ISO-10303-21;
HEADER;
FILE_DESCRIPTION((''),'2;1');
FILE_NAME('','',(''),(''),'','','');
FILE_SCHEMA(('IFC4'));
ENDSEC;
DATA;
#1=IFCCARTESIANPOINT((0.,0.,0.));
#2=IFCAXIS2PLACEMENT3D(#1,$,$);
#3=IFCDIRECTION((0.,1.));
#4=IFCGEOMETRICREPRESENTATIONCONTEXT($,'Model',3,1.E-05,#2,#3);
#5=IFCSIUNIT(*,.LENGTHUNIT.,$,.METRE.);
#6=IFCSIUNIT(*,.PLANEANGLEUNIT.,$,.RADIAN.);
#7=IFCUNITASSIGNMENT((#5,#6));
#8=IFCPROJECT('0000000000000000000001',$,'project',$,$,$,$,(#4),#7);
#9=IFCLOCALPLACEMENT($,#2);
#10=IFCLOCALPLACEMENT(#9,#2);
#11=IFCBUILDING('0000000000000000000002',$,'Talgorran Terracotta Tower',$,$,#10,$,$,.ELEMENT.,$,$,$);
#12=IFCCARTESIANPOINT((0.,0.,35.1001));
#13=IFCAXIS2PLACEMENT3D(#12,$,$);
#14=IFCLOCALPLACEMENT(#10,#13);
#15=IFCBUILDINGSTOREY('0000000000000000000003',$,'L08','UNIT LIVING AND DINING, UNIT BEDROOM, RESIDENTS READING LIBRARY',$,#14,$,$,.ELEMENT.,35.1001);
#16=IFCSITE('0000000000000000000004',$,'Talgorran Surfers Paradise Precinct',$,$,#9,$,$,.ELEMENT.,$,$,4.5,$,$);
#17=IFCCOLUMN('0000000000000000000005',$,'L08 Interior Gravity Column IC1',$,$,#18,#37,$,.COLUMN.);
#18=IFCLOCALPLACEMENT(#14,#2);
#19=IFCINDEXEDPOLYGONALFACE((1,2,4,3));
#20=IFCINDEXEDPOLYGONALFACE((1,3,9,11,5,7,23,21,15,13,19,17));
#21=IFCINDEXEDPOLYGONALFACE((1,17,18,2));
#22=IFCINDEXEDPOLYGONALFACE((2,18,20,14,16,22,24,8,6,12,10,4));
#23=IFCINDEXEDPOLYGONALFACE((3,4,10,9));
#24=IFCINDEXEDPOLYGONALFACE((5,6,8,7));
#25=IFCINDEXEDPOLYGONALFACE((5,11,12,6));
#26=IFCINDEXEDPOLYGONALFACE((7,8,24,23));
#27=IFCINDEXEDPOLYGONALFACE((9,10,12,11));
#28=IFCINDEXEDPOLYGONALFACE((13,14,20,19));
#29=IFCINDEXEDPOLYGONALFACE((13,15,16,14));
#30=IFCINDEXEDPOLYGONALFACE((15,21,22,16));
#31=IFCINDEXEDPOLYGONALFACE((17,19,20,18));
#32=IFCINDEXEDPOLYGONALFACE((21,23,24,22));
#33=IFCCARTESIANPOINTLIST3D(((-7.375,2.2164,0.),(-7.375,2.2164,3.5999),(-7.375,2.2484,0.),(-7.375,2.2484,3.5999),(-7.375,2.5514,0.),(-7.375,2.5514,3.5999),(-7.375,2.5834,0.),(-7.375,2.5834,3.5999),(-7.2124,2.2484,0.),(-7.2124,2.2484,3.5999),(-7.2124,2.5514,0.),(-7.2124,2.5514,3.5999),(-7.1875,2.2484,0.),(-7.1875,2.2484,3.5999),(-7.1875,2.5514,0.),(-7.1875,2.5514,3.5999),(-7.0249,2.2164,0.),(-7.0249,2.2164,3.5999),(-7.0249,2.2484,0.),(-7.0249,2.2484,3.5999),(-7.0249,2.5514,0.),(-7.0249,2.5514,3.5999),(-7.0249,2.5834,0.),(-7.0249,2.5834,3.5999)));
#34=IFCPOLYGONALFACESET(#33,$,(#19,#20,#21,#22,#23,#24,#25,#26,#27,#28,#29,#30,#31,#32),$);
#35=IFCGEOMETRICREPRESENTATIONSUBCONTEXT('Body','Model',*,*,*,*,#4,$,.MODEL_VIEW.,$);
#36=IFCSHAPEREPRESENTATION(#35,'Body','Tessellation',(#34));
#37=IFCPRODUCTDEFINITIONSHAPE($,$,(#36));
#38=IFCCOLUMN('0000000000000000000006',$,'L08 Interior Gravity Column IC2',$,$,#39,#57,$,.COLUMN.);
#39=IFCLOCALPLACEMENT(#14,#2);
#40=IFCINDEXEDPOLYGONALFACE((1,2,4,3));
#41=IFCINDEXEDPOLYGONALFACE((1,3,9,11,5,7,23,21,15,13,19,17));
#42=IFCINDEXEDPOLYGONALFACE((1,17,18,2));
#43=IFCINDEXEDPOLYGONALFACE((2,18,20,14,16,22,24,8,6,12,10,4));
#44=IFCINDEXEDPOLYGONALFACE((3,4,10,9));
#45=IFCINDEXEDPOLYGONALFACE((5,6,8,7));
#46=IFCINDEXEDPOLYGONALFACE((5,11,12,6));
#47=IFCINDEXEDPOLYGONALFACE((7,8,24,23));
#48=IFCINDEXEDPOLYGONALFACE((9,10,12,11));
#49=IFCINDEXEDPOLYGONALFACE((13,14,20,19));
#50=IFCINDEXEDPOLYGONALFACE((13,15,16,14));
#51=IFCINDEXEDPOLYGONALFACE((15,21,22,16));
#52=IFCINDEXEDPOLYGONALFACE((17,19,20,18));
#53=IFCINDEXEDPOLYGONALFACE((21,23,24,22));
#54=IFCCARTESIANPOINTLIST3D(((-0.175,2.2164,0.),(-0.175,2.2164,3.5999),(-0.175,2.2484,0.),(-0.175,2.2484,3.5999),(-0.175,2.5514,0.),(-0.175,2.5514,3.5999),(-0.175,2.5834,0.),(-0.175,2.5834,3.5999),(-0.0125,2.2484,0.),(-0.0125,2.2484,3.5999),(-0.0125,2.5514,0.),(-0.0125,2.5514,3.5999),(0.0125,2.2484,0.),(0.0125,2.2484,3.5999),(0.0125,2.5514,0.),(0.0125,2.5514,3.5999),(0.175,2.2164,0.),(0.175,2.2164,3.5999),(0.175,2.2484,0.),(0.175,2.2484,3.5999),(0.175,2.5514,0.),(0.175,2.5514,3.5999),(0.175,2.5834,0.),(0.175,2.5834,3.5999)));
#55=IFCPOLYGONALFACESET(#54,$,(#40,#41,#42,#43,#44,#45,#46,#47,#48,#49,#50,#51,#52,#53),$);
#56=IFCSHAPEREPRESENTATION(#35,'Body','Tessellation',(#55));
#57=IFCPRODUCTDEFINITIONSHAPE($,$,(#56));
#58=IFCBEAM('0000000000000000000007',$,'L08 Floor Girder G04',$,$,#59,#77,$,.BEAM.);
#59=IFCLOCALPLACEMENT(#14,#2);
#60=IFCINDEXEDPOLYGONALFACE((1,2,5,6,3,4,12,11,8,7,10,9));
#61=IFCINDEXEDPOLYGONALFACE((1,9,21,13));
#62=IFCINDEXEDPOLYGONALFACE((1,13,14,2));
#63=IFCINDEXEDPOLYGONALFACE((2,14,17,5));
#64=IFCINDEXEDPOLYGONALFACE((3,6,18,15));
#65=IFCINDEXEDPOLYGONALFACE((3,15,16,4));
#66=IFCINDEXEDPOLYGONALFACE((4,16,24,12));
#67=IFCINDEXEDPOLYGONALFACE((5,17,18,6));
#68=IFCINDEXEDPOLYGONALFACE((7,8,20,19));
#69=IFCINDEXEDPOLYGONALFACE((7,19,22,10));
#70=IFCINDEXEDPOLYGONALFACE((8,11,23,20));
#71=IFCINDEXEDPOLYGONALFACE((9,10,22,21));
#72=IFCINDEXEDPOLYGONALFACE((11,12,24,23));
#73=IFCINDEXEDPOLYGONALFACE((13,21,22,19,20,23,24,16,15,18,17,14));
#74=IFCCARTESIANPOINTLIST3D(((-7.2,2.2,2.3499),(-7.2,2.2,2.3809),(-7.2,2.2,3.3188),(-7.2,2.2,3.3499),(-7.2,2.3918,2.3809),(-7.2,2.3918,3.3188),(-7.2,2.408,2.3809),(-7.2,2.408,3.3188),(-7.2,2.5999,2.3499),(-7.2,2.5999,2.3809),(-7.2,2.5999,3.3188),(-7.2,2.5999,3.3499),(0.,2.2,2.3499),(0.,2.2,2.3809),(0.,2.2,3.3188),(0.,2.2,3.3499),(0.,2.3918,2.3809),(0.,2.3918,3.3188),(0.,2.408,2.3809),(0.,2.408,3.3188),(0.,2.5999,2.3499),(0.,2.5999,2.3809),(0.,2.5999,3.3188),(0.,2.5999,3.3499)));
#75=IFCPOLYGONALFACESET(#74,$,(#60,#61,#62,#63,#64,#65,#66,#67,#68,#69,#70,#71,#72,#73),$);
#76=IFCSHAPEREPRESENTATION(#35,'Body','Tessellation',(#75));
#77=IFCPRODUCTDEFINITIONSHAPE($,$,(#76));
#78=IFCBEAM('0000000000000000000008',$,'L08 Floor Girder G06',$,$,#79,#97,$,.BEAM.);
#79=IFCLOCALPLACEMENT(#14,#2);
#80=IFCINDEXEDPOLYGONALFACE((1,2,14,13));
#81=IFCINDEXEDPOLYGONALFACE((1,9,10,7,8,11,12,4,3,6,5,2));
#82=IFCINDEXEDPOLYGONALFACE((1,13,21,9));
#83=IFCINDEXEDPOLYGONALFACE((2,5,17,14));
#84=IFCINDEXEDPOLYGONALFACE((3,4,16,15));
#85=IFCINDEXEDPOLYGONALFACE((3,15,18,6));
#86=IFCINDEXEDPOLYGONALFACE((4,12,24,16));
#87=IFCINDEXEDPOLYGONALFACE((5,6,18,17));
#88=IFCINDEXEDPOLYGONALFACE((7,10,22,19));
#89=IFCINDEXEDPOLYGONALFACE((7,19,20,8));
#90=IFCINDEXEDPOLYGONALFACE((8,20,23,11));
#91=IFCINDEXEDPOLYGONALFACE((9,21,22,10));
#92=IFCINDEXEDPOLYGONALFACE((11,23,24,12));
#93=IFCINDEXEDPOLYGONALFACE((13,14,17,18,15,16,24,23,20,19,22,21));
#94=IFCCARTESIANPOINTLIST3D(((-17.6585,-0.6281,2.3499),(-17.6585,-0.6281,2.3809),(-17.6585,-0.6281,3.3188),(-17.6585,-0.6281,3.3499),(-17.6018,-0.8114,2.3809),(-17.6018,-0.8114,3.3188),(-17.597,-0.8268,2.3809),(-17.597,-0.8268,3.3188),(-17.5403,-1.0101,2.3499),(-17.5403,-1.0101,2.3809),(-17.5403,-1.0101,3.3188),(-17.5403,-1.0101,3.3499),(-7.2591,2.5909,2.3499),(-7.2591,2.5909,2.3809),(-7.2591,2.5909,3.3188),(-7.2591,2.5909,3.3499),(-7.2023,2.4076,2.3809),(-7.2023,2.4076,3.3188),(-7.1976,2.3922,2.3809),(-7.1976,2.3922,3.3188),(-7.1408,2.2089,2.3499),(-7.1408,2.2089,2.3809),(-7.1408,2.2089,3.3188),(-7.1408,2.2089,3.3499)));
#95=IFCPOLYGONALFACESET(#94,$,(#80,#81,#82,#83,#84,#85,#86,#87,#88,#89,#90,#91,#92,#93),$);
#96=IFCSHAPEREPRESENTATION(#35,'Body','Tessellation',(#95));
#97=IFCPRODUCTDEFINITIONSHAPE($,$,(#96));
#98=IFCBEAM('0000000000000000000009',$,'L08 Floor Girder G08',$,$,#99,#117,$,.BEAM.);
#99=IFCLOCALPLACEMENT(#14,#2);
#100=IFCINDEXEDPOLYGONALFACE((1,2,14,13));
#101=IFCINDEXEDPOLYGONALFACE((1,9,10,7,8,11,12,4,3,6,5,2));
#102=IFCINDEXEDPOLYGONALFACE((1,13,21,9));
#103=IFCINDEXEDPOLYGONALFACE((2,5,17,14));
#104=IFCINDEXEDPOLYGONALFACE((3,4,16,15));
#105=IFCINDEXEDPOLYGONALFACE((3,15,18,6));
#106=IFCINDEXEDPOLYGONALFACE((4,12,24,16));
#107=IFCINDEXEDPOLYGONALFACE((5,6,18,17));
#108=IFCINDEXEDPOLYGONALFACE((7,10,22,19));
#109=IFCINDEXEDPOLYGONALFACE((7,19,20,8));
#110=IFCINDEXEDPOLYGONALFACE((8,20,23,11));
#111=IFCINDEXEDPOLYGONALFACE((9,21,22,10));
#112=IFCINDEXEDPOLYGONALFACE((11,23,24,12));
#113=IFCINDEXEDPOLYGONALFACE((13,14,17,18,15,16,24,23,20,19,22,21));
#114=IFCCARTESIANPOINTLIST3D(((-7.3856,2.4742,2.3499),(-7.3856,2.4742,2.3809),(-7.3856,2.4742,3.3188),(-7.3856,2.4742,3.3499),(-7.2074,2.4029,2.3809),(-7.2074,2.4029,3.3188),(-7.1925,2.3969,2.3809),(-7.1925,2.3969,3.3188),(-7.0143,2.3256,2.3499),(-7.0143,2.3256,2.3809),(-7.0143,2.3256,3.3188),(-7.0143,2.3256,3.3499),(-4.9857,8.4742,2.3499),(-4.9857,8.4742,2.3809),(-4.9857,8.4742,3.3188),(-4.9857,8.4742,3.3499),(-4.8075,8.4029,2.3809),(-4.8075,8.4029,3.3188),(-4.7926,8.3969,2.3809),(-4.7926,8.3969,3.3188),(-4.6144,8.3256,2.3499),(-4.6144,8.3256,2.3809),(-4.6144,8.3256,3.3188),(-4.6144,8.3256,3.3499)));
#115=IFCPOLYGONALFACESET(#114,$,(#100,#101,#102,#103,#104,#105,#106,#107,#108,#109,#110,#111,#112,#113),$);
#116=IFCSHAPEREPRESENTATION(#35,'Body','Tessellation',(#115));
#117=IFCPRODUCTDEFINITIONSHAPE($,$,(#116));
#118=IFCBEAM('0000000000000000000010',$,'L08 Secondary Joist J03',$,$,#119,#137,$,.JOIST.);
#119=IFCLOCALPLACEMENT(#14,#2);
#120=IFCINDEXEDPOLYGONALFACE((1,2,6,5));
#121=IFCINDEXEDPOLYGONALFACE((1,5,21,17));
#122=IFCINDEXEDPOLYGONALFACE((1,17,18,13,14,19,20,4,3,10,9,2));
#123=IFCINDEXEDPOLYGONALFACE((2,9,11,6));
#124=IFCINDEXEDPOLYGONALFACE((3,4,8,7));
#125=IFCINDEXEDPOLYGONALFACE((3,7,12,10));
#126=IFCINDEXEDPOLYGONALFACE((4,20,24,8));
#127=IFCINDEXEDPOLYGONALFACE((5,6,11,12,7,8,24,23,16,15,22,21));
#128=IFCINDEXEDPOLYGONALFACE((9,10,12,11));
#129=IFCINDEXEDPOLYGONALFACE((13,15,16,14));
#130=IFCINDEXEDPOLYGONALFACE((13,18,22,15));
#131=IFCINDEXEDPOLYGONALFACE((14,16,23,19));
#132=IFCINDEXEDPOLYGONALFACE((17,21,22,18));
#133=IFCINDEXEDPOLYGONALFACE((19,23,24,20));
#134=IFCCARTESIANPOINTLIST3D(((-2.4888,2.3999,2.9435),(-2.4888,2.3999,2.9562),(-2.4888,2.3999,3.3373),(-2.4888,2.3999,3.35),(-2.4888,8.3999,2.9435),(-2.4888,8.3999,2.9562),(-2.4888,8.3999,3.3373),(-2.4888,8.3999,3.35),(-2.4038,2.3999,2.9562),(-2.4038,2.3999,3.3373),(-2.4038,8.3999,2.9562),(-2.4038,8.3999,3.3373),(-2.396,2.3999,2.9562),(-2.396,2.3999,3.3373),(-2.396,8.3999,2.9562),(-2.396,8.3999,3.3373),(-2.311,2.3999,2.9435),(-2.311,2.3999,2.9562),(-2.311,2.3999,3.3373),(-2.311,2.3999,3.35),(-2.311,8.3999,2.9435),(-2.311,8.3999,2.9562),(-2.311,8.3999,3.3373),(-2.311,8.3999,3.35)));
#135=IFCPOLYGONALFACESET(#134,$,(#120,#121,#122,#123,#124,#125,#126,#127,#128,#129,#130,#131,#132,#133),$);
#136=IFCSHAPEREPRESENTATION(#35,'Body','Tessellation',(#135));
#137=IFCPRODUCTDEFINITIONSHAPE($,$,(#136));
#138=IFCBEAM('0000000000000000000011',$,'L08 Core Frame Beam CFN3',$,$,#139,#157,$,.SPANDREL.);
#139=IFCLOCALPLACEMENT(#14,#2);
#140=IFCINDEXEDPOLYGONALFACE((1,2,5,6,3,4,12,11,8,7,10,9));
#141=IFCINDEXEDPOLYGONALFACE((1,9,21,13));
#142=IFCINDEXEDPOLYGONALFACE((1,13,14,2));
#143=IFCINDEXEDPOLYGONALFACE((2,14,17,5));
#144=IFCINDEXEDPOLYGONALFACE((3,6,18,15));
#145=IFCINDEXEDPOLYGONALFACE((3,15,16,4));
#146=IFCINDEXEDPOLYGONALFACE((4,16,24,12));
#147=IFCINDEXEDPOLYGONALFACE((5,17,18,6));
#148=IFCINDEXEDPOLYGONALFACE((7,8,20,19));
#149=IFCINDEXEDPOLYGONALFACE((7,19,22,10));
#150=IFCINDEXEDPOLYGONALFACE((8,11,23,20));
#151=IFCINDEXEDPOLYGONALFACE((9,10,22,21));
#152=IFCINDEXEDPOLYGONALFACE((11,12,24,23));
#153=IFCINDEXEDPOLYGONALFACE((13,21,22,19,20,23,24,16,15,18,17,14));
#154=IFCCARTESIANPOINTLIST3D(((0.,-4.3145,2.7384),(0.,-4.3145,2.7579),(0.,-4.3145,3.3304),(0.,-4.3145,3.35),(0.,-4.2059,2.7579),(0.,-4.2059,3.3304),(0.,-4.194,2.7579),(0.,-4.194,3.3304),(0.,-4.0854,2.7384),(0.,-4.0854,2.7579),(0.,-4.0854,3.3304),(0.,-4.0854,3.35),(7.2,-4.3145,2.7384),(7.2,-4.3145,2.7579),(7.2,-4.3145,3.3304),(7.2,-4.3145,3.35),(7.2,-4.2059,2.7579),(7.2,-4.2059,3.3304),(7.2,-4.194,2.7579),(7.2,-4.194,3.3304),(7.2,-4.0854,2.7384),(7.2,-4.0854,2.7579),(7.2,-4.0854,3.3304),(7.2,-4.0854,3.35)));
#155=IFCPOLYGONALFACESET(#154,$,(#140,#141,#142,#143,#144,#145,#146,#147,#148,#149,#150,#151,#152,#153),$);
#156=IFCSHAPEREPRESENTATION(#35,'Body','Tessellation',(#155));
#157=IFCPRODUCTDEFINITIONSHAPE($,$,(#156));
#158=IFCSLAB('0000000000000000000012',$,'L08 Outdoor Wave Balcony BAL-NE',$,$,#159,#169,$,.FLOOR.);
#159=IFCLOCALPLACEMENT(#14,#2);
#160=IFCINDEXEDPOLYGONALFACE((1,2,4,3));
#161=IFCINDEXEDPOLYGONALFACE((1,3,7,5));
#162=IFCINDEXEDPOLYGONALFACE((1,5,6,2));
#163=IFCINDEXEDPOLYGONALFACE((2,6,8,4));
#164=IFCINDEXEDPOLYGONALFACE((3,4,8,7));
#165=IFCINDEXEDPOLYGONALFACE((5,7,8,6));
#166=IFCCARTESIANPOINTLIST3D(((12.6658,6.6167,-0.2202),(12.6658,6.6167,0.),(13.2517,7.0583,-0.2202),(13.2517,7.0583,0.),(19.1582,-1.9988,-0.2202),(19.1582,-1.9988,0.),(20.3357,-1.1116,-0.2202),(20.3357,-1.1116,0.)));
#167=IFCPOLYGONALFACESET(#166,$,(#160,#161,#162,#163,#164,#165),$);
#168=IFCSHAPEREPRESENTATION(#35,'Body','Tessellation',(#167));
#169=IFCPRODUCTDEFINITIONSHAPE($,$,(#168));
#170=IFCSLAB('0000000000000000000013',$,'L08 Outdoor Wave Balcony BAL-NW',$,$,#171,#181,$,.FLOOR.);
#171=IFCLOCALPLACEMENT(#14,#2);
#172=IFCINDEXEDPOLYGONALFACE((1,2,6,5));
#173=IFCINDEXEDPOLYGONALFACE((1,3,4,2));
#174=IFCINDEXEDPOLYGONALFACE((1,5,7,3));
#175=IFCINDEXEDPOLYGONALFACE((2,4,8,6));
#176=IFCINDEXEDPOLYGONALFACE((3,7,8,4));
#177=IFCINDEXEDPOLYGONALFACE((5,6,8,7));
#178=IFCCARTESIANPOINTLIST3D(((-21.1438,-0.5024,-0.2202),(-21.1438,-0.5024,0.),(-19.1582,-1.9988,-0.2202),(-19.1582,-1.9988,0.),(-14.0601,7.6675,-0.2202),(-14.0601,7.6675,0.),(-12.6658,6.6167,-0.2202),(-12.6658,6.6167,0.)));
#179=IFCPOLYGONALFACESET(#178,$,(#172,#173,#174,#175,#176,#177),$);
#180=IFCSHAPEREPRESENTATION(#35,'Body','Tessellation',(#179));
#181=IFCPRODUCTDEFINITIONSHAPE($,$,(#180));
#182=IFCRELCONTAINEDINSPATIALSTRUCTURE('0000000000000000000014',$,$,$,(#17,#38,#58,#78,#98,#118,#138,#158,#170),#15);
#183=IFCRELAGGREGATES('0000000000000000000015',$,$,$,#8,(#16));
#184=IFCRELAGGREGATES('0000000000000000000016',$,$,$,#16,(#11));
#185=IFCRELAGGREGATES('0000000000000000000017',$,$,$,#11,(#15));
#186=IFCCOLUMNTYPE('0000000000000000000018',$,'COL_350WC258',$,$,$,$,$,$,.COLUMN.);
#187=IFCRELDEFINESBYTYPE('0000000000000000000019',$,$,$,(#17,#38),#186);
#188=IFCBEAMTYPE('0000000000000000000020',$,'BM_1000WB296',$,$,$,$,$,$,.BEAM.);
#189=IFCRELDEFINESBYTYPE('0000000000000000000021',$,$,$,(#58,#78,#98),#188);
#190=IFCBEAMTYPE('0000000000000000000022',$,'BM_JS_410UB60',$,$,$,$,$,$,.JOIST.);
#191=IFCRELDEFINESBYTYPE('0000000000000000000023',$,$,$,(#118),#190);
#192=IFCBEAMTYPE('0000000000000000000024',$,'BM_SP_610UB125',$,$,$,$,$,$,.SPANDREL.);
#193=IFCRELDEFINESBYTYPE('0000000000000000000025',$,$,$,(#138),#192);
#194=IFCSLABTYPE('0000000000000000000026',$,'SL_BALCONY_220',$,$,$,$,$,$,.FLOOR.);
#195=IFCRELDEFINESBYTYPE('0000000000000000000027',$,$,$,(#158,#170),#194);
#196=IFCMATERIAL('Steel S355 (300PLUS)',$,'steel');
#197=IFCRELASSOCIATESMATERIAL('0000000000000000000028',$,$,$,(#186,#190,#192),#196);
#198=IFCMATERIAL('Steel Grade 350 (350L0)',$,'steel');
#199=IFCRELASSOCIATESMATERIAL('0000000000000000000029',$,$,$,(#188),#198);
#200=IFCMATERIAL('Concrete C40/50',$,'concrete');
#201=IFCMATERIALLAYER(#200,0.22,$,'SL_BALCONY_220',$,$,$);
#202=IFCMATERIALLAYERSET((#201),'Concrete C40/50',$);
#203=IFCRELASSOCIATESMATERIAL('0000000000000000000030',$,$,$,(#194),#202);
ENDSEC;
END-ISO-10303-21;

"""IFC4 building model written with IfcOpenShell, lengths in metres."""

from ifc_helpers import new_model, si_unit, direction, frame, origin, origin_2d, place, context, subcontext, project, spatial, polyline, i_section, outline, extrude, material, layer, layer_set, material_profile, profile_set, type_object, element, save


model = new_model("IFC4")

# Units and contexts
model_context = context("Model", 3, precision=1e-05, world=origin(), true_north=direction((0.0, 1.0)))
body_context = subcontext(model_context, "Body", "Model", "MODEL_VIEW")
ifc_project = project(units=[si_unit("LENGTHUNIT", "METRE"), si_unit("PLANEANGLEUNIT", "RADIAN")], contexts=[model_context])

# Site, building, storey
site_placement = place(None, origin())
site = spatial("IfcSite", under=ifc_project, at=site_placement, Name="Talgorran Surfers Paradise Precinct", CompositionType="ELEMENT", RefElevation=4.5)
building_placement = place(site_placement, origin())
building = spatial("IfcBuilding", under=site, at=building_placement, Name="Talgorran Terracotta Tower", CompositionType="ELEMENT")
storey_placement = place(building_placement, frame((0.0, 0.0, 35.1001)))
storey = spatial("IfcBuildingStorey", under=building, at=storey_placement, Name="L08", Description="UNIT LIVING AND DINING, UNIT BEDROOM, RESIDENTS READING LIBRARY", CompositionType="ELEMENT", Elevation=35.1001)

# Columns
ifc_material_1 = material(Name="Steel S355 (300PLUS)", Category="steel")
ifc_material_profile_1 = material_profile(ifc_material_1, i_section(OverallWidth=0.3501, OverallDepth=0.3669, WebThickness=0.0249, FlangeThickness=0.032, at=origin_2d()), Name="350WC258")
ifc_profile_set_1 = profile_set([ifc_material_profile_1], Name="Steel S355 (300PLUS)")
column_type = type_object("IfcColumnType", Name="COL_350WC258", PredefinedType="COLUMN", material=ifc_profile_set_1)
for number, where, z_axis, x_axis, name in (
    (1, (-7.2, 2.3999, 0.0), (0.0, 0.0, 1.0), (1.0, 0.0, 0.0), "L08 Interior Gravity Column IC1"),
    (2, (0.0, 2.3999, 0.0), (0.0, 0.0, 1.0), (1.0, 0.0, 0.0), "L08 Interior Gravity Column IC2"),
):
    element("IfcColumn", number, at=place(storey_placement, frame(where, z_axis=z_axis, x_axis=x_axis)), inside=storey, type_object=column_type, Name=name, PredefinedType="COLUMN", context=body_context, shape_type="SweptSolid", body=[
        extrude(i_section(OverallWidth=0.3501, OverallDepth=0.3669, WebThickness=0.0249, FlangeThickness=0.032, at=origin_2d()), origin(), (0.0, 0.0, 1.0), 3.5999),
    ])

# Beams
ifc_material_2 = material(Name="Steel Grade 350 (350L0)", Category="steel")
ifc_material_profile_2 = material_profile(ifc_material_2, i_section(OverallWidth=0.3999, OverallDepth=1.0, WebThickness=0.0161, FlangeThickness=0.031, at=origin_2d()), Name="1000WB296")
ifc_profile_set_2 = profile_set([ifc_material_profile_2], Name="Steel Grade 350 (350L0)")
beam_type_1 = type_object("IfcBeamType", Name="BM_1000WB296", PredefinedType="BEAM", material=ifc_profile_set_2)
beam_1_placement = place(storey_placement, frame((-7.2, 2.3999, 2.8499), z_axis=(1.0, 0.0, 0.0), x_axis=(0.0, 1.0, 0.0)))
element("IfcBeam", 3, at=beam_1_placement, inside=storey, type_object=beam_type_1, Name="L08 Floor Girder G04", PredefinedType="BEAM", context=body_context, shape_type="SweptSolid", body=[
    extrude(i_section(OverallWidth=0.3999, OverallDepth=1.0, WebThickness=0.0161, FlangeThickness=0.031, at=origin_2d()), origin(), (0.0, 0.0, 1.0), 7.2),
])
beam_2_placement = place(storey_placement, frame((-7.2, 2.3999, 2.8499), z_axis=(-0.955283, -0.295694, 0.0), x_axis=(0.295694, -0.955283, 0.0)))
element("IfcBeam", 4, at=beam_2_placement, inside=storey, type_object=beam_type_1, Name="L08 Floor Girder G06", PredefinedType="BEAM", context=body_context, shape_type="SweptSolid", body=[
    extrude(i_section(OverallWidth=0.3999, OverallDepth=1.0, WebThickness=0.0161, FlangeThickness=0.031, at=origin_2d()), origin(), (0.0, 0.0, 1.0), 10.8862),
])
beam_3_placement = place(storey_placement, frame((-7.2, 2.3999, 2.8499), z_axis=(0.371378, 0.928482, 0.0), x_axis=(-0.928482, 0.371378, 0.0)))
element("IfcBeam", 5, at=beam_3_placement, inside=storey, type_object=beam_type_1, Name="L08 Floor Girder G08", PredefinedType="BEAM", context=body_context, shape_type="SweptSolid", body=[
    extrude(i_section(OverallWidth=0.3999, OverallDepth=1.0, WebThickness=0.0161, FlangeThickness=0.031, at=origin_2d()), origin(), (0.0, 0.0, 1.0), 6.4622),
])
ifc_material_profile_3 = material_profile(ifc_material_1, i_section(OverallWidth=0.1777, OverallDepth=0.4065, WebThickness=0.0078, FlangeThickness=0.0127, at=origin_2d()), Name="410UB59.7")
ifc_profile_set_3 = profile_set([ifc_material_profile_3], Name="Steel S355 (300PLUS)")
beam_type_2 = type_object("IfcBeamType", Name="BM_JS_410UB60", PredefinedType="JOIST", material=ifc_profile_set_3)
beam_4_placement = place(storey_placement, frame((-2.3999, 2.3999, 3.1467), z_axis=(0.0, 1.0, 0.0), x_axis=(-1.0, 0.0, 0.0)))
element("IfcBeam", 6, at=beam_4_placement, inside=storey, type_object=beam_type_2, Name="L08 Secondary Joist J03", PredefinedType="JOIST", context=body_context, shape_type="SweptSolid", body=[
    extrude(i_section(OverallWidth=0.1777, OverallDepth=0.4065, WebThickness=0.0078, FlangeThickness=0.0127, at=origin_2d()), origin(), (0.0, 0.0, 1.0), 6.0),
])
ifc_material_profile_4 = material_profile(ifc_material_1, i_section(OverallWidth=0.229, OverallDepth=0.6116, WebThickness=0.012, FlangeThickness=0.0195, at=origin_2d()), Name="610UB125")
ifc_profile_set_4 = profile_set([ifc_material_profile_4], Name="Steel S355 (300PLUS)")
beam_type_3 = type_object("IfcBeamType", Name="BM_SP_610UB125", PredefinedType="SPANDREL", material=ifc_profile_set_4)
beam_5_placement = place(storey_placement, frame((0.0, -4.2, 3.0442), z_axis=(1.0, 0.0, 0.0), x_axis=(0.0, 1.0, 0.0)))
element("IfcBeam", 7, at=beam_5_placement, inside=storey, type_object=beam_type_3, Name="L08 Core Frame Beam CFN3", PredefinedType="SPANDREL", context=body_context, shape_type="SweptSolid", body=[
    extrude(i_section(OverallWidth=0.229, OverallDepth=0.6116, WebThickness=0.012, FlangeThickness=0.0195, at=origin_2d()), origin(), (0.0, 0.0, 1.0), 7.2),
])

# Slabs
ifc_material_3 = material(Name="Concrete C40/50", Category="concrete")
ifc_layer_1 = layer(ifc_material_3, 0.22, Name="SL_BALCONY_220")
ifc_layer_set_1 = layer_set([ifc_layer_1], Name="Concrete C40/50")
slab_type_1 = type_object("IfcSlabType", Name="SL_BALCONY_220", PredefinedType="FLOOR", material=ifc_layer_set_1)
slab_1_placement = place(storey_placement, frame((0.0, 0.0, -0.2202)))
element("IfcSlab", 8, at=slab_1_placement, inside=storey, type_object=slab_type_1, Name="L08 Outdoor Wave Balcony BAL-NE", PredefinedType="FLOOR", context=body_context, shape_type="SweptSolid", body=[
    extrude(outline(polyline([(12.6658, 6.6167), (19.1582, -1.9988), (20.3357, -1.1116), (13.2517, 7.0583), (12.6658, 6.6167)])), origin(), (0.0, 0.0, 1.0), 0.2202),
])
slab_2_placement = place(storey_placement, frame((0.0, 0.0, -0.2202)))
element("IfcSlab", 9, at=slab_2_placement, inside=storey, type_object=slab_type_1, Name="L08 Outdoor Wave Balcony BAL-NW", PredefinedType="FLOOR", context=body_context, shape_type="SweptSolid", body=[
    extrude(outline(polyline([(-19.1582, -1.9988), (-12.6658, 6.6167), (-14.0601, 7.6675), (-21.1438, -0.5024), (-19.1582, -1.9988)])), origin(), (0.0, 0.0, 1.0), 0.2202),
])

save(model, "model.ifc")
